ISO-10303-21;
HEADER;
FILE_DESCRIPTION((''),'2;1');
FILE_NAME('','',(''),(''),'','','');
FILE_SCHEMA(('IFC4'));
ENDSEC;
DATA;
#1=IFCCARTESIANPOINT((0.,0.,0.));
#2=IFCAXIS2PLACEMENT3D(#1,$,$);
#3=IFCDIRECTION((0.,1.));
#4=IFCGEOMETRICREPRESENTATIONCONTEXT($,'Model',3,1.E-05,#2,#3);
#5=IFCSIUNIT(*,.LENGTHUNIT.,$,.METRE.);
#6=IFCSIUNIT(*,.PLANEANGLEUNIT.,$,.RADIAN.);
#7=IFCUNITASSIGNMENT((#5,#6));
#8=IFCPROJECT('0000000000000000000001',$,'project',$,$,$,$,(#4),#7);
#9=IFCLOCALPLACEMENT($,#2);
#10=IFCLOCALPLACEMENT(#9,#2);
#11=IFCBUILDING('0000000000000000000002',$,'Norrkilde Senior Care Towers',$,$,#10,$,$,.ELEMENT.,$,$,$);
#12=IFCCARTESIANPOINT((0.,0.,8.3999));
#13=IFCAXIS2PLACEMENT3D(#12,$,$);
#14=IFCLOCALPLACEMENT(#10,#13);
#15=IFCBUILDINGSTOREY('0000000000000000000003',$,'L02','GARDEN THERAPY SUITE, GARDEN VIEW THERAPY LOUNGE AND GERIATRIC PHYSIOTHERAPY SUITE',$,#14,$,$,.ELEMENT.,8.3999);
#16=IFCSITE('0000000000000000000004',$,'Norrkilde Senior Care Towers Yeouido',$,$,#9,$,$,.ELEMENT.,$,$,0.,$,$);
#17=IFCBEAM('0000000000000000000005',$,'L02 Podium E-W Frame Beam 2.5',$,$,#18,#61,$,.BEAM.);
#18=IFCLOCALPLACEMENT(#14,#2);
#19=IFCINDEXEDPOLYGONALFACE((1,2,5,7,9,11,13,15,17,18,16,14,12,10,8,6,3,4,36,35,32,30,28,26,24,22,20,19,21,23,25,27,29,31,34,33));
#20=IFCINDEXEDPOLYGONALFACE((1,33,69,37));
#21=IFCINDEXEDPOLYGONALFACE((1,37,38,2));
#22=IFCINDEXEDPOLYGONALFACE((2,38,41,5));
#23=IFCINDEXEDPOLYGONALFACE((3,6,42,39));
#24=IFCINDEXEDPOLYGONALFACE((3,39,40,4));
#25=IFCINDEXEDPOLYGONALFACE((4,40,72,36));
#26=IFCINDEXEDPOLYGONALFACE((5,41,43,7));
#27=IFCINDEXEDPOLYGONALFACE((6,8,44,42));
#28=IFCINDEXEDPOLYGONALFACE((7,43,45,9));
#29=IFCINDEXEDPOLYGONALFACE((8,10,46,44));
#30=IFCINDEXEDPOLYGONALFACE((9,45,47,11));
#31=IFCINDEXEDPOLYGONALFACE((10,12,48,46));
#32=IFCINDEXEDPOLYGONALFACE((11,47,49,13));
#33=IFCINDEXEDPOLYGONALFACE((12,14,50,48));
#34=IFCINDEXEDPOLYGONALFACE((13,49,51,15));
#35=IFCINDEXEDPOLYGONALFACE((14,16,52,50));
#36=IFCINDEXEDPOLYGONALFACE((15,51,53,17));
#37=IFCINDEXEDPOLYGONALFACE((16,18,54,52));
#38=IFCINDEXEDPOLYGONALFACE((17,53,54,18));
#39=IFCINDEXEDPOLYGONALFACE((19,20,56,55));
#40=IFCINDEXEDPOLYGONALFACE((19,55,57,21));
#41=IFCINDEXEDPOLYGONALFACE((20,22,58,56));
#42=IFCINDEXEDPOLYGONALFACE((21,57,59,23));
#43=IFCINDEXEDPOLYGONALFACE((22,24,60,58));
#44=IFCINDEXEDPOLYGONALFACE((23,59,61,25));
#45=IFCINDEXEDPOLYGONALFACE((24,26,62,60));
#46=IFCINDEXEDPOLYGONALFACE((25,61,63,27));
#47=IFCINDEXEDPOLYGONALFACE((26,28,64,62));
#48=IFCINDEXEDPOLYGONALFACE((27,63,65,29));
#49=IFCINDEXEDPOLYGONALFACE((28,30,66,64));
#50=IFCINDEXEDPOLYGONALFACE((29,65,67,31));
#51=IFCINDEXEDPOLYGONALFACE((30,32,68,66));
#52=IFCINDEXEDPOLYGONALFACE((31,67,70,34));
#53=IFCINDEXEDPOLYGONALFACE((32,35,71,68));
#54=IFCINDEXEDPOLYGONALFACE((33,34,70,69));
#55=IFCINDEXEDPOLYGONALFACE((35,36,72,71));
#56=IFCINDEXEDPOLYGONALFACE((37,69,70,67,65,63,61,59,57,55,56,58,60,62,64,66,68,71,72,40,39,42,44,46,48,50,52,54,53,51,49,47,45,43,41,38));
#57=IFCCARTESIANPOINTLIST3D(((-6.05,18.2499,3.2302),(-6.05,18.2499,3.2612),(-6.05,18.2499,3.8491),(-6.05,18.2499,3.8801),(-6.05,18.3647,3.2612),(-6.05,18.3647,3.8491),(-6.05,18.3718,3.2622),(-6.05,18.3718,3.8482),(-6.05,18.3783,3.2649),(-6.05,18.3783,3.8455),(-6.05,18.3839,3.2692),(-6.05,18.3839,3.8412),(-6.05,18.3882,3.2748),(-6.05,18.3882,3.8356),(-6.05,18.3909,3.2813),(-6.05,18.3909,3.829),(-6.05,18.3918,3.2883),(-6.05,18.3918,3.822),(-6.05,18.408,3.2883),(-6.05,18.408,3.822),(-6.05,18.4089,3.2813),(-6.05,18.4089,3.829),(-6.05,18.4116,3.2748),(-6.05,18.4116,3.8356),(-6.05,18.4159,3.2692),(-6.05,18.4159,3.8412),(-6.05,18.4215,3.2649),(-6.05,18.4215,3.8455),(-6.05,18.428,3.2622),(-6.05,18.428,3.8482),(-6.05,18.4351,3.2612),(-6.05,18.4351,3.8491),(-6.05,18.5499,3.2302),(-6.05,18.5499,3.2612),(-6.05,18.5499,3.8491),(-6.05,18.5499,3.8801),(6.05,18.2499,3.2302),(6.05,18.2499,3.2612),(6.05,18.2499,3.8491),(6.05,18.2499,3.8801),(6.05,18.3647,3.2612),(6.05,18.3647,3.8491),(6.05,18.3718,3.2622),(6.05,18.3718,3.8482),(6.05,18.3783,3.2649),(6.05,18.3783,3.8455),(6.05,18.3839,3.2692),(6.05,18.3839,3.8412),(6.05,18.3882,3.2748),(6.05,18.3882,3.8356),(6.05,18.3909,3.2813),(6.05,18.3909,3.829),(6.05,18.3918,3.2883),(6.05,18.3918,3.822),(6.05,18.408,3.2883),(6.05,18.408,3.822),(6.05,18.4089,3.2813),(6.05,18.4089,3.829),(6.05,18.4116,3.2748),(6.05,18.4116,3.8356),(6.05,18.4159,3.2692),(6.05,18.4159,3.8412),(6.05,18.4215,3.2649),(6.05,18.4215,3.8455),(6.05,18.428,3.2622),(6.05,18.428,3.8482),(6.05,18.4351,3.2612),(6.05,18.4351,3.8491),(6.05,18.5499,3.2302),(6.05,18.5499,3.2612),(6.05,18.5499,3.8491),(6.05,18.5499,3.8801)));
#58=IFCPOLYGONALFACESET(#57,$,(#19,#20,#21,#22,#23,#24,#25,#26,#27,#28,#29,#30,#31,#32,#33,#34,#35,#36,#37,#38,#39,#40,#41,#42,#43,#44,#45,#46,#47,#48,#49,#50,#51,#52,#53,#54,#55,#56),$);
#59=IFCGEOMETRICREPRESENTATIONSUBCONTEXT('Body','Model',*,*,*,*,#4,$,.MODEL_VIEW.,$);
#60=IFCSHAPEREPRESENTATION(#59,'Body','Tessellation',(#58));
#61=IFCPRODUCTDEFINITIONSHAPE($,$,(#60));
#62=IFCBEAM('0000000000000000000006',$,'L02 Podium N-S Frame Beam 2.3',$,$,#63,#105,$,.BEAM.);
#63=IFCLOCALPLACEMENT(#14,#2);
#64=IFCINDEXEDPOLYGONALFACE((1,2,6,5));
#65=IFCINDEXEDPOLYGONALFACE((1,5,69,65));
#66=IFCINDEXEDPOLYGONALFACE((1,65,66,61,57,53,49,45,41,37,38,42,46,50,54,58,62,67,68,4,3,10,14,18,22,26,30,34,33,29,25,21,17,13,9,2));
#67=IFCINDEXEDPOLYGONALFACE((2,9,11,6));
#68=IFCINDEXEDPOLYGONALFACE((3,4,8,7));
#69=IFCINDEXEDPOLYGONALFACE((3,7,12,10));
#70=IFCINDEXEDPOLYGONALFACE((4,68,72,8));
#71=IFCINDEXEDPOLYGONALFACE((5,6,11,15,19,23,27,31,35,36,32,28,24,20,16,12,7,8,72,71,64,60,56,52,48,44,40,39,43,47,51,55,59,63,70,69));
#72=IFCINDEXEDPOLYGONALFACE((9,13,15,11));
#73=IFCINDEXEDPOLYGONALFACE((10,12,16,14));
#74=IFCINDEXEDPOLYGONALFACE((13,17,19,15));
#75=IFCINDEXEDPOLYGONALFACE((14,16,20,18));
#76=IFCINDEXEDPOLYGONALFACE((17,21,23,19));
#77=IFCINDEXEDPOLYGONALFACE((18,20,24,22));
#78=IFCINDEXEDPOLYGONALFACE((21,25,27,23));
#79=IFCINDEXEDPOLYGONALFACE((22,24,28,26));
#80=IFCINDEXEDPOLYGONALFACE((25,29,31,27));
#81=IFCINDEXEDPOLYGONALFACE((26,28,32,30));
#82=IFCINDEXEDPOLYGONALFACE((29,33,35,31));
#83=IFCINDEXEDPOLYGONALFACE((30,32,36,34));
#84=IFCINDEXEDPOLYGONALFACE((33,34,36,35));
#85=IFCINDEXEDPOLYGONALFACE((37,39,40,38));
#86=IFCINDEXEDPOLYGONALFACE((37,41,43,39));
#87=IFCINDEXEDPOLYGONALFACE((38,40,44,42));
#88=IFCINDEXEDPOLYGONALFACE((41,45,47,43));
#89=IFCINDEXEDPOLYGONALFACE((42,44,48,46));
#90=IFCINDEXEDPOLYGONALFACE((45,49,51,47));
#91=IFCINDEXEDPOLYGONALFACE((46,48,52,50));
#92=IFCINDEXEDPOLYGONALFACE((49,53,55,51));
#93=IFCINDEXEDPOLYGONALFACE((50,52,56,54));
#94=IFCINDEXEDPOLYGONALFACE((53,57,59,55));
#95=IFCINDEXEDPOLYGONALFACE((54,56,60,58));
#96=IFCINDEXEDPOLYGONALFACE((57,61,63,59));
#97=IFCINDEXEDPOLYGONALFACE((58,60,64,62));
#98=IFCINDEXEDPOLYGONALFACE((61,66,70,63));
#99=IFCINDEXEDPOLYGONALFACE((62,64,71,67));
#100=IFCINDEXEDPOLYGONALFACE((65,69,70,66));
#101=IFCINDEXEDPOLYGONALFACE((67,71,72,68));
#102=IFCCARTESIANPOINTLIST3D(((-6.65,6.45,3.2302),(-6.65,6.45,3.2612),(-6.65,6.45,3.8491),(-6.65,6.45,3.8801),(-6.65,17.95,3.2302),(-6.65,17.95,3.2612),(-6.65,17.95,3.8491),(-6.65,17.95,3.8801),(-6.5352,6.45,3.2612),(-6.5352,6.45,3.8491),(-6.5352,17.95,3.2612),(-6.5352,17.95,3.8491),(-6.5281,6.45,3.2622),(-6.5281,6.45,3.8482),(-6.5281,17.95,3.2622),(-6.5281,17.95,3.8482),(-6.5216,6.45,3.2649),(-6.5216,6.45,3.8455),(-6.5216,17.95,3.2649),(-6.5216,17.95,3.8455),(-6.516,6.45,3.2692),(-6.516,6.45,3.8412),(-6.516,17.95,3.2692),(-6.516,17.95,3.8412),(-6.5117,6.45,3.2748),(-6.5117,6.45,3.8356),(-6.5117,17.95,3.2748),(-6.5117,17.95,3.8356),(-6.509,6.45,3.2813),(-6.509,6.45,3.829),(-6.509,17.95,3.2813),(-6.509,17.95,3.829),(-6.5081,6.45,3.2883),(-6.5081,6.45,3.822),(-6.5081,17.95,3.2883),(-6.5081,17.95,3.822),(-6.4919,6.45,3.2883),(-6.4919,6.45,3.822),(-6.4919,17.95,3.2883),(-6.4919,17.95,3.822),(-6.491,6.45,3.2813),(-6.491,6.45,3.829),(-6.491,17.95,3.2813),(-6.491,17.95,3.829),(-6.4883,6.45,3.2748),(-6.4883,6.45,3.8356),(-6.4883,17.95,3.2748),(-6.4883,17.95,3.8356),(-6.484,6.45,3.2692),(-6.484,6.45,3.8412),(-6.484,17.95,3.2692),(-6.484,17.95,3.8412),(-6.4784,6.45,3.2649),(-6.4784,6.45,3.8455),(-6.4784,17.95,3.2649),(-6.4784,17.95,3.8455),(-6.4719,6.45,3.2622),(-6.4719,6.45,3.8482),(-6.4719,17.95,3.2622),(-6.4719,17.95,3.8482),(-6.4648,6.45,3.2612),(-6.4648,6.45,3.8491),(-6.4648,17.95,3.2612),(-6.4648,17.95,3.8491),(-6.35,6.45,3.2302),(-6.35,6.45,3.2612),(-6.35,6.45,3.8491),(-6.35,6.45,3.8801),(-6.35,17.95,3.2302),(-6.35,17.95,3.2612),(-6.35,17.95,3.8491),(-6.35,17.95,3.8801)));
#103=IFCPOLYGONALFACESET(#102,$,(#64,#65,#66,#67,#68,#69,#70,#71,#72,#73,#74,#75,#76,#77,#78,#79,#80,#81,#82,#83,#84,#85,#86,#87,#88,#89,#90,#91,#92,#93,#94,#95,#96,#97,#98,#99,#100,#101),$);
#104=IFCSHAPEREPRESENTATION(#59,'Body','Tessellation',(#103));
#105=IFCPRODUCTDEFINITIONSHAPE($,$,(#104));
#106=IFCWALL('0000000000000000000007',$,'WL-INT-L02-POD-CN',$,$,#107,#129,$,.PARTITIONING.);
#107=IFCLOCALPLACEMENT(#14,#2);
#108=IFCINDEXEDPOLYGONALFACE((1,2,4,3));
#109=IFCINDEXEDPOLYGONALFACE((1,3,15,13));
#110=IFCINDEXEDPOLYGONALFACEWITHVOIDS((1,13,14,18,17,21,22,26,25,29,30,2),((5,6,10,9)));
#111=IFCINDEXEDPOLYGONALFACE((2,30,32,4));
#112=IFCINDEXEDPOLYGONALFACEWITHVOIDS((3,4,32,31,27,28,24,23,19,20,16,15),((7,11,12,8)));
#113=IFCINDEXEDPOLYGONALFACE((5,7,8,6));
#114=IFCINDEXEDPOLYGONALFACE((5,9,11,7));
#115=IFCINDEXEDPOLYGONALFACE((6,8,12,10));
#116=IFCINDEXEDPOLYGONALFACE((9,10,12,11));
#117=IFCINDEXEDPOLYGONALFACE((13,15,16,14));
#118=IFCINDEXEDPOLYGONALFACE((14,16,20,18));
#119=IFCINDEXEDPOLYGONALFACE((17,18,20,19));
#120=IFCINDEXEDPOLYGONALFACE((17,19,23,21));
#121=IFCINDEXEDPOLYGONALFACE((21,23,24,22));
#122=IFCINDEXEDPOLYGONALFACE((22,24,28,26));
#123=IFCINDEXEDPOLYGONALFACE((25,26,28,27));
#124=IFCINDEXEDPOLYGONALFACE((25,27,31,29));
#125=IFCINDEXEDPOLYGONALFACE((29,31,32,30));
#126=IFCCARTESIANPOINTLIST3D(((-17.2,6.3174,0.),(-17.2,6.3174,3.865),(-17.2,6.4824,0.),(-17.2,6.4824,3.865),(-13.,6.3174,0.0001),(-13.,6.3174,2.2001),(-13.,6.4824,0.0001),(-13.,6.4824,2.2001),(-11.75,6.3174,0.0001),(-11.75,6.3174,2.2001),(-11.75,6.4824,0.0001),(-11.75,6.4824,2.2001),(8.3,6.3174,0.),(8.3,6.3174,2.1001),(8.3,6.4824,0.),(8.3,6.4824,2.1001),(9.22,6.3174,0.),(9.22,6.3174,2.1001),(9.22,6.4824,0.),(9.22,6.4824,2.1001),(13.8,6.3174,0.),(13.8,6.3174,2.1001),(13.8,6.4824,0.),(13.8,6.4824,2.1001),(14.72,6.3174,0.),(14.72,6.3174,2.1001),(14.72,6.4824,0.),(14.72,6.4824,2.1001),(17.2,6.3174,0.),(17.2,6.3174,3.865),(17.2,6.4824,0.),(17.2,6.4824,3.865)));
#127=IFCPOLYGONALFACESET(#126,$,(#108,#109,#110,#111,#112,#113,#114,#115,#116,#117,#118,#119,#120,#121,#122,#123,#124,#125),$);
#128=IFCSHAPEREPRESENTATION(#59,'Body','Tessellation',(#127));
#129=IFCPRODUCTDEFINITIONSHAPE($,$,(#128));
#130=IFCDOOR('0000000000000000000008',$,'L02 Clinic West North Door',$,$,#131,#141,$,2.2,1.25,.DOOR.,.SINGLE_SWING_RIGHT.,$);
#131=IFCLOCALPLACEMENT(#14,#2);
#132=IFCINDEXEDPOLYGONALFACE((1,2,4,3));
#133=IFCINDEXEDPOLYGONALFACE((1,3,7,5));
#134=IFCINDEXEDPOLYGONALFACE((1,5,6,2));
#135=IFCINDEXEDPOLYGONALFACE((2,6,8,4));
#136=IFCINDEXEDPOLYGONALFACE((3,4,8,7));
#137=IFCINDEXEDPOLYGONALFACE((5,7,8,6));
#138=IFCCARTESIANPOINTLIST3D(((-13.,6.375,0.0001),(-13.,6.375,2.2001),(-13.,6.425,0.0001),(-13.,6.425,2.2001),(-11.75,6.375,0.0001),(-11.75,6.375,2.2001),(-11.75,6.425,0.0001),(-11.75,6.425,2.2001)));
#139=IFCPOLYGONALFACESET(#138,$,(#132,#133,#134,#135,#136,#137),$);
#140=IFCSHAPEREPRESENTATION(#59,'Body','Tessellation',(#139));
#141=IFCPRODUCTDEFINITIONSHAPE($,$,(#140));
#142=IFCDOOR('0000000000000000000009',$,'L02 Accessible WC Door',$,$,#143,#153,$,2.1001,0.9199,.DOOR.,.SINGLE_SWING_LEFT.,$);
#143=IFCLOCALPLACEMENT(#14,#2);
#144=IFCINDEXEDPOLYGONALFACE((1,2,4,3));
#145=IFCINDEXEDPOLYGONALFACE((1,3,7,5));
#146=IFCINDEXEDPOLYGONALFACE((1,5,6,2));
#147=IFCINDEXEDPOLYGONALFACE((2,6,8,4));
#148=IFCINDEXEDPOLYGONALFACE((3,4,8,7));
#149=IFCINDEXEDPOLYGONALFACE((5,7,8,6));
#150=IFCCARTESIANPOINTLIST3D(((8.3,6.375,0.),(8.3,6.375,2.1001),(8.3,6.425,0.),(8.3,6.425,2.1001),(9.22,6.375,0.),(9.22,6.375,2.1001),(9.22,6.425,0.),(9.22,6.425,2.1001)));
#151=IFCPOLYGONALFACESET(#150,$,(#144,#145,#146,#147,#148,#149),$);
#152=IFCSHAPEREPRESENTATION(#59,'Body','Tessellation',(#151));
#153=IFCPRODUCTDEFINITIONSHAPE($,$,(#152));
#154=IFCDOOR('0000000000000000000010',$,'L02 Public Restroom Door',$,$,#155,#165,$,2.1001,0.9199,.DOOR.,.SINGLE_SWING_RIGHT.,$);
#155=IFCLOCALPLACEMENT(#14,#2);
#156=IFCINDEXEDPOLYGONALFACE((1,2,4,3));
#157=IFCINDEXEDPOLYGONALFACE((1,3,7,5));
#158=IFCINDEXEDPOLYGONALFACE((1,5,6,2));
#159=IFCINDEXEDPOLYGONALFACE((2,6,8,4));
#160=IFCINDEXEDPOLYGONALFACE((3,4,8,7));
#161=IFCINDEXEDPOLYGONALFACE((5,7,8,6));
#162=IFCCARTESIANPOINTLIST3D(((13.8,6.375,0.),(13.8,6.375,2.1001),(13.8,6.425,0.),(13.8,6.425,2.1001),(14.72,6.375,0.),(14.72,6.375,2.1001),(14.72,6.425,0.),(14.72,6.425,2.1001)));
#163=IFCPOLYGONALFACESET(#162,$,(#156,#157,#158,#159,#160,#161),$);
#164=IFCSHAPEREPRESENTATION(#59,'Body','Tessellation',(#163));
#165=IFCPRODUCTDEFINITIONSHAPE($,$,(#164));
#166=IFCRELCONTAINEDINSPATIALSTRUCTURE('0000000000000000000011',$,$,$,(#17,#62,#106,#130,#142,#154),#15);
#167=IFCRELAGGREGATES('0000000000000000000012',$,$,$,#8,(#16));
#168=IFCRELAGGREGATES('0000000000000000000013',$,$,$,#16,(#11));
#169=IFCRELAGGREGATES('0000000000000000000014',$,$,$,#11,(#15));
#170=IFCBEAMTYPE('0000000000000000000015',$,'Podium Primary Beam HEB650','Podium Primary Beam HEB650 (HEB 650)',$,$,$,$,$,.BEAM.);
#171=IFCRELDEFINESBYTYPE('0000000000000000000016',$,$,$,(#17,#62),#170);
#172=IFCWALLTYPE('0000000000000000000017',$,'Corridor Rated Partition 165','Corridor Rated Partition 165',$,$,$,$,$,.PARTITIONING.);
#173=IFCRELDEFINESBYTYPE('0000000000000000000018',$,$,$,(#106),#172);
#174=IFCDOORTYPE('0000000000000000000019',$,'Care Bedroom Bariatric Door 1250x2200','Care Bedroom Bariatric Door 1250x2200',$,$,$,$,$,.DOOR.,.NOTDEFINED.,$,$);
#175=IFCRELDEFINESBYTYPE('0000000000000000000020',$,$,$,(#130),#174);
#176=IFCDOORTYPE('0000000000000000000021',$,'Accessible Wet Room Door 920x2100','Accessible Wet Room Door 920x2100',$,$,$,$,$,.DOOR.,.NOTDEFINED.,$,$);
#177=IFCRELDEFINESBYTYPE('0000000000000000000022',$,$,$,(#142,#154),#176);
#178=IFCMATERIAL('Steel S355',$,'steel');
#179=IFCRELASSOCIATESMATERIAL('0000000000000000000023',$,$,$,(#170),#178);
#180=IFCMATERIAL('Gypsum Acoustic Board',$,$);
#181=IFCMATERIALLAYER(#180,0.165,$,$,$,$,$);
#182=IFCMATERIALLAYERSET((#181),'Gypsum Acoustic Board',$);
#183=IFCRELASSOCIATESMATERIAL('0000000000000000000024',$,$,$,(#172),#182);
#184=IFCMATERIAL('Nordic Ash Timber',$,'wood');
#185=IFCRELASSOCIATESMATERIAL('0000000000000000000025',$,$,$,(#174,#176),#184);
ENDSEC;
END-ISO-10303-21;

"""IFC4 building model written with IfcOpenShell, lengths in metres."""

from ifc_helpers import new_model, si_unit, direction, frame, frame_2d, origin, origin_2d, place, context, subcontext, project, spatial, rectangle, i_section, extrude, source, transform, mapped, material, layer, layer_set, material_profile, profile_set, type_object, type_shapes, element, fill, save


model = new_model("IFC4")

# Units and contexts
model_context = context("Model", 3, precision=1e-05, world=origin(), true_north=direction((0.0, 1.0)))
body_context = subcontext(model_context, "Body", "Model", "MODEL_VIEW")
ifc_project = project(units=[si_unit("LENGTHUNIT", "METRE"), si_unit("PLANEANGLEUNIT", "RADIAN")], contexts=[model_context])

# Site, building, storey
site_placement = place(None, origin())
site = spatial("IfcSite", under=ifc_project, at=site_placement, Name="Norrkilde Senior Care Towers Yeouido", CompositionType="ELEMENT", RefElevation=0.0)
building_placement = place(site_placement, origin())
building = spatial("IfcBuilding", under=site, at=building_placement, Name="Norrkilde Senior Care Towers", CompositionType="ELEMENT")
storey_placement = place(building_placement, frame((0.0, 0.0, 8.3999)))
storey = spatial("IfcBuildingStorey", under=building, at=storey_placement, Name="L02", Description="GARDEN THERAPY SUITE, GARDEN VIEW THERAPY LOUNGE AND GERIATRIC PHYSIOTHERAPY SUITE", CompositionType="ELEMENT", Elevation=8.3999)

# Beams
ifc_material_1 = material(Name="Steel S355", Category="steel")
ifc_material_profile_1 = material_profile(ifc_material_1, i_section(OverallWidth=0.3, OverallDepth=0.6499, WebThickness=0.0161, FlangeThickness=0.031, FilletRadius=0.0271, at=origin_2d()), Name="HEB 650")
ifc_profile_set_1 = profile_set([ifc_material_profile_1], Name="Steel S355")
beam_type_1 = type_object("IfcBeamType", Name="Podium Primary Beam HEB650", Description="Podium Primary Beam HEB650 (HEB 650)", PredefinedType="BEAM", material=ifc_profile_set_1)
shared_shape_1 = source(origin(), body_context, "Body", "SweptSolid", [
    extrude(i_section(OverallWidth=0.3, OverallDepth=0.6499, WebThickness=0.0161, FlangeThickness=0.031, FilletRadius=0.0271, at=origin_2d()), origin(), (0.0, 0.0, 1.0), 12.1001),
])
beam_1_placement = place(storey_placement, frame((-6.05, 18.3999, 3.5552), z_axis=(1.0, 0.0, 0.0), x_axis=(0.0, 1.0, 0.0)))
element("IfcBeam", 1, at=beam_1_placement, inside=storey, type_object=beam_type_1, Name="L02 Podium E-W Frame Beam 2.5", PredefinedType="BEAM", context=body_context, shape_type="MappedRepresentation", body=[
    mapped(shared_shape_1, transform((0.0, 0.0, 0.0), x_axis=(1.0, 0.0, 0.0), y_axis=(0.0, 1.0, 0.0), z_axis=(0.0, 0.0, 1.0), scale=1.0)),
])
shared_shape_2 = source(origin(), body_context, "Body", "SweptSolid", [
    extrude(i_section(OverallWidth=0.3, OverallDepth=0.6499, WebThickness=0.0161, FlangeThickness=0.031, FilletRadius=0.0271, at=origin_2d()), origin(), (0.0, 0.0, 1.0), 11.5),
])
beam_2_placement = place(storey_placement, frame((-6.5, 6.45, 3.5552), z_axis=(0.0, 1.0, 0.0), x_axis=(-1.0, 0.0, 0.0)))
element("IfcBeam", 2, at=beam_2_placement, inside=storey, type_object=beam_type_1, Name="L02 Podium N-S Frame Beam 2.3", PredefinedType="BEAM", context=body_context, shape_type="MappedRepresentation", body=[
    mapped(shared_shape_2, transform((0.0, 0.0, 0.0), x_axis=(1.0, 0.0, 0.0), y_axis=(0.0, 1.0, 0.0), z_axis=(0.0, 0.0, 1.0), scale=1.0)),
])

# Wall, openings, doors
ifc_material_2 = material(Name="Gypsum Acoustic Board")
ifc_layer_1 = layer(ifc_material_2, 0.165)
ifc_layer_set_1 = layer_set([ifc_layer_1], Name="Gypsum Acoustic Board")
wall_type_1 = type_object("IfcWallType", Name="Corridor Rated Partition 165", Description="Corridor Rated Partition 165", PredefinedType="PARTITIONING", material=ifc_layer_set_1)
shared_shape_3 = source(origin(), body_context, "Body", "SweptSolid", [
    extrude(rectangle(XDim=34.3999, YDim=0.165, at=frame_2d((17.2, 0.0))), origin(), (0.0, 0.0, 1.0), 3.865),
])
type_shapes(wall_type_1, [shared_shape_3])
wall_1_placement = place(storey_placement, frame((-17.2, 6.3999, 0.0), z_axis=(0.0, 0.0, 1.0), x_axis=(1.0, 0.0, 0.0)))
wall_1 = element("IfcWall", 3, at=wall_1_placement, inside=storey, type_object=wall_type_1, Name="WL-INT-L02-POD-CN", PredefinedType="PARTITIONING", context=body_context, shape_type="MappedRepresentation", body=[
    mapped(shared_shape_3, transform((0.0, 0.0, 0.0), x_axis=(1.0, 0.0, 0.0), y_axis=(0.0, 1.0, 0.0), z_axis=(0.0, 0.0, 1.0), scale=1.0)),
])
opening_1_placement = place(wall_1_placement, frame((4.2, 0.0, 0.0)))
opening_1 = element("IfcOpeningElement", 4, at=opening_1_placement, cuts=wall_1, PredefinedType="OPENING", context=body_context, shape_type="SweptSolid", body=[
    extrude(rectangle(XDim=1.25, YDim=2.2, at=frame_2d((0.625, 1.1001))), frame((0.0, 0.0925, 0.0), z_axis=(0.0, -1.0, 0.0), x_axis=(1.0, 0.0, 0.0)), (0.0, 0.0, 1.0), 0.1851),
])
opening_2_placement = place(wall_1_placement, frame((25.5, 0.0, 0.0)))
opening_2 = element("IfcOpeningElement", 5, at=opening_2_placement, cuts=wall_1, PredefinedType="OPENING", context=body_context, shape_type="SweptSolid", body=[
    extrude(rectangle(XDim=0.9199, YDim=2.1001, at=frame_2d((0.46, 1.05))), frame((0.0, 0.0925, 0.0), z_axis=(0.0, -1.0, 0.0), x_axis=(1.0, 0.0, 0.0)), (0.0, 0.0, 1.0), 0.1851),
])
opening_3_placement = place(wall_1_placement, frame((31.0, 0.0, 0.0)))
opening_3 = element("IfcOpeningElement", 6, at=opening_3_placement, cuts=wall_1, PredefinedType="OPENING", context=body_context, shape_type="SweptSolid", body=[
    extrude(rectangle(XDim=0.9199, YDim=2.1001, at=frame_2d((0.46, 1.05))), frame((0.0, 0.0925, 0.0), z_axis=(0.0, -1.0, 0.0), x_axis=(1.0, 0.0, 0.0)), (0.0, 0.0, 1.0), 0.1851),
])
ifc_material_3 = material(Name="Nordic Ash Timber", Category="wood")
door_type_1 = type_object("IfcDoorType", Name="Care Bedroom Bariatric Door 1250x2200", Description="Care Bedroom Bariatric Door 1250x2200", OperationType="NOTDEFINED", PredefinedType="DOOR", material=ifc_material_3)
shared_shape_4 = source(origin(), body_context, "Body", "SweptSolid", [
    extrude(rectangle(XDim=1.25, YDim=2.2, at=frame_2d((0.625, 1.1001))), frame((0.0, 0.0249, 0.0), z_axis=(0.0, -1.0, 0.0), x_axis=(1.0, 0.0, 0.0)), (0.0, 0.0, 1.0), 0.05),
])
type_shapes(door_type_1, [shared_shape_4])
door_1_placement = place(opening_1_placement, frame((1.25, 0.0, 0.0), z_axis=(0.0, 0.0, 1.0), x_axis=(-1.0, 0.0, 0.0)))
door_1 = element("IfcDoor", 7, at=door_1_placement, inside=storey, type_object=door_type_1, Name="L02 Clinic West North Door", OperationType="SINGLE_SWING_RIGHT", OverallHeight=2.2, OverallWidth=1.25, PredefinedType="DOOR", context=body_context, shape_type="MappedRepresentation", body=[
    mapped(shared_shape_4, transform((0.0, 0.0, 0.0), x_axis=(1.0, 0.0, 0.0), y_axis=(0.0, 1.0, 0.0), z_axis=(0.0, 0.0, 1.0), scale=1.0)),
])
fill(opening_1, door_1)
door_type_2 = type_object("IfcDoorType", Name="Accessible Wet Room Door 920x2100", Description="Accessible Wet Room Door 920x2100", OperationType="NOTDEFINED", PredefinedType="DOOR", material=ifc_material_3)
shared_shape_5 = source(origin(), body_context, "Body", "SweptSolid", [
    extrude(rectangle(XDim=0.9199, YDim=2.1001, at=frame_2d((0.46, 1.05))), frame((0.0, 0.0249, 0.0), z_axis=(0.0, -1.0, 0.0), x_axis=(1.0, 0.0, 0.0)), (0.0, 0.0, 1.0), 0.05),
])
type_shapes(door_type_2, [shared_shape_5])
door_2_placement = place(opening_2_placement, frame((0.9199, 0.0, 0.0), z_axis=(0.0, 0.0, 1.0), x_axis=(-1.0, 0.0, 0.0)))
door_2 = element("IfcDoor", 8, at=door_2_placement, inside=storey, type_object=door_type_2, Name="L02 Accessible WC Door", OperationType="SINGLE_SWING_LEFT", OverallHeight=2.1001, OverallWidth=0.9199, PredefinedType="DOOR", context=body_context, shape_type="MappedRepresentation", body=[
    mapped(shared_shape_5, transform((0.0, 0.0, 0.0), x_axis=(1.0, 0.0, 0.0), y_axis=(0.0, 1.0, 0.0), z_axis=(0.0, 0.0, 1.0), scale=1.0)),
])
fill(opening_2, door_2)
door_3_placement = place(opening_3_placement, frame((0.9199, 0.0, 0.0), z_axis=(0.0, 0.0, 1.0), x_axis=(-1.0, 0.0, 0.0)))
door_3 = element("IfcDoor", 9, at=door_3_placement, inside=storey, type_object=door_type_2, Name="L02 Public Restroom Door", OperationType="SINGLE_SWING_RIGHT", OverallHeight=2.1001, OverallWidth=0.9199, PredefinedType="DOOR", context=body_context, shape_type="MappedRepresentation", body=[
    mapped(shared_shape_5, transform((0.0, 0.0, 0.0), x_axis=(1.0, 0.0, 0.0), y_axis=(0.0, 1.0, 0.0), z_axis=(0.0, 0.0, 1.0), scale=1.0)),
])
fill(opening_3, door_3)

save(model, "model.ifc")
